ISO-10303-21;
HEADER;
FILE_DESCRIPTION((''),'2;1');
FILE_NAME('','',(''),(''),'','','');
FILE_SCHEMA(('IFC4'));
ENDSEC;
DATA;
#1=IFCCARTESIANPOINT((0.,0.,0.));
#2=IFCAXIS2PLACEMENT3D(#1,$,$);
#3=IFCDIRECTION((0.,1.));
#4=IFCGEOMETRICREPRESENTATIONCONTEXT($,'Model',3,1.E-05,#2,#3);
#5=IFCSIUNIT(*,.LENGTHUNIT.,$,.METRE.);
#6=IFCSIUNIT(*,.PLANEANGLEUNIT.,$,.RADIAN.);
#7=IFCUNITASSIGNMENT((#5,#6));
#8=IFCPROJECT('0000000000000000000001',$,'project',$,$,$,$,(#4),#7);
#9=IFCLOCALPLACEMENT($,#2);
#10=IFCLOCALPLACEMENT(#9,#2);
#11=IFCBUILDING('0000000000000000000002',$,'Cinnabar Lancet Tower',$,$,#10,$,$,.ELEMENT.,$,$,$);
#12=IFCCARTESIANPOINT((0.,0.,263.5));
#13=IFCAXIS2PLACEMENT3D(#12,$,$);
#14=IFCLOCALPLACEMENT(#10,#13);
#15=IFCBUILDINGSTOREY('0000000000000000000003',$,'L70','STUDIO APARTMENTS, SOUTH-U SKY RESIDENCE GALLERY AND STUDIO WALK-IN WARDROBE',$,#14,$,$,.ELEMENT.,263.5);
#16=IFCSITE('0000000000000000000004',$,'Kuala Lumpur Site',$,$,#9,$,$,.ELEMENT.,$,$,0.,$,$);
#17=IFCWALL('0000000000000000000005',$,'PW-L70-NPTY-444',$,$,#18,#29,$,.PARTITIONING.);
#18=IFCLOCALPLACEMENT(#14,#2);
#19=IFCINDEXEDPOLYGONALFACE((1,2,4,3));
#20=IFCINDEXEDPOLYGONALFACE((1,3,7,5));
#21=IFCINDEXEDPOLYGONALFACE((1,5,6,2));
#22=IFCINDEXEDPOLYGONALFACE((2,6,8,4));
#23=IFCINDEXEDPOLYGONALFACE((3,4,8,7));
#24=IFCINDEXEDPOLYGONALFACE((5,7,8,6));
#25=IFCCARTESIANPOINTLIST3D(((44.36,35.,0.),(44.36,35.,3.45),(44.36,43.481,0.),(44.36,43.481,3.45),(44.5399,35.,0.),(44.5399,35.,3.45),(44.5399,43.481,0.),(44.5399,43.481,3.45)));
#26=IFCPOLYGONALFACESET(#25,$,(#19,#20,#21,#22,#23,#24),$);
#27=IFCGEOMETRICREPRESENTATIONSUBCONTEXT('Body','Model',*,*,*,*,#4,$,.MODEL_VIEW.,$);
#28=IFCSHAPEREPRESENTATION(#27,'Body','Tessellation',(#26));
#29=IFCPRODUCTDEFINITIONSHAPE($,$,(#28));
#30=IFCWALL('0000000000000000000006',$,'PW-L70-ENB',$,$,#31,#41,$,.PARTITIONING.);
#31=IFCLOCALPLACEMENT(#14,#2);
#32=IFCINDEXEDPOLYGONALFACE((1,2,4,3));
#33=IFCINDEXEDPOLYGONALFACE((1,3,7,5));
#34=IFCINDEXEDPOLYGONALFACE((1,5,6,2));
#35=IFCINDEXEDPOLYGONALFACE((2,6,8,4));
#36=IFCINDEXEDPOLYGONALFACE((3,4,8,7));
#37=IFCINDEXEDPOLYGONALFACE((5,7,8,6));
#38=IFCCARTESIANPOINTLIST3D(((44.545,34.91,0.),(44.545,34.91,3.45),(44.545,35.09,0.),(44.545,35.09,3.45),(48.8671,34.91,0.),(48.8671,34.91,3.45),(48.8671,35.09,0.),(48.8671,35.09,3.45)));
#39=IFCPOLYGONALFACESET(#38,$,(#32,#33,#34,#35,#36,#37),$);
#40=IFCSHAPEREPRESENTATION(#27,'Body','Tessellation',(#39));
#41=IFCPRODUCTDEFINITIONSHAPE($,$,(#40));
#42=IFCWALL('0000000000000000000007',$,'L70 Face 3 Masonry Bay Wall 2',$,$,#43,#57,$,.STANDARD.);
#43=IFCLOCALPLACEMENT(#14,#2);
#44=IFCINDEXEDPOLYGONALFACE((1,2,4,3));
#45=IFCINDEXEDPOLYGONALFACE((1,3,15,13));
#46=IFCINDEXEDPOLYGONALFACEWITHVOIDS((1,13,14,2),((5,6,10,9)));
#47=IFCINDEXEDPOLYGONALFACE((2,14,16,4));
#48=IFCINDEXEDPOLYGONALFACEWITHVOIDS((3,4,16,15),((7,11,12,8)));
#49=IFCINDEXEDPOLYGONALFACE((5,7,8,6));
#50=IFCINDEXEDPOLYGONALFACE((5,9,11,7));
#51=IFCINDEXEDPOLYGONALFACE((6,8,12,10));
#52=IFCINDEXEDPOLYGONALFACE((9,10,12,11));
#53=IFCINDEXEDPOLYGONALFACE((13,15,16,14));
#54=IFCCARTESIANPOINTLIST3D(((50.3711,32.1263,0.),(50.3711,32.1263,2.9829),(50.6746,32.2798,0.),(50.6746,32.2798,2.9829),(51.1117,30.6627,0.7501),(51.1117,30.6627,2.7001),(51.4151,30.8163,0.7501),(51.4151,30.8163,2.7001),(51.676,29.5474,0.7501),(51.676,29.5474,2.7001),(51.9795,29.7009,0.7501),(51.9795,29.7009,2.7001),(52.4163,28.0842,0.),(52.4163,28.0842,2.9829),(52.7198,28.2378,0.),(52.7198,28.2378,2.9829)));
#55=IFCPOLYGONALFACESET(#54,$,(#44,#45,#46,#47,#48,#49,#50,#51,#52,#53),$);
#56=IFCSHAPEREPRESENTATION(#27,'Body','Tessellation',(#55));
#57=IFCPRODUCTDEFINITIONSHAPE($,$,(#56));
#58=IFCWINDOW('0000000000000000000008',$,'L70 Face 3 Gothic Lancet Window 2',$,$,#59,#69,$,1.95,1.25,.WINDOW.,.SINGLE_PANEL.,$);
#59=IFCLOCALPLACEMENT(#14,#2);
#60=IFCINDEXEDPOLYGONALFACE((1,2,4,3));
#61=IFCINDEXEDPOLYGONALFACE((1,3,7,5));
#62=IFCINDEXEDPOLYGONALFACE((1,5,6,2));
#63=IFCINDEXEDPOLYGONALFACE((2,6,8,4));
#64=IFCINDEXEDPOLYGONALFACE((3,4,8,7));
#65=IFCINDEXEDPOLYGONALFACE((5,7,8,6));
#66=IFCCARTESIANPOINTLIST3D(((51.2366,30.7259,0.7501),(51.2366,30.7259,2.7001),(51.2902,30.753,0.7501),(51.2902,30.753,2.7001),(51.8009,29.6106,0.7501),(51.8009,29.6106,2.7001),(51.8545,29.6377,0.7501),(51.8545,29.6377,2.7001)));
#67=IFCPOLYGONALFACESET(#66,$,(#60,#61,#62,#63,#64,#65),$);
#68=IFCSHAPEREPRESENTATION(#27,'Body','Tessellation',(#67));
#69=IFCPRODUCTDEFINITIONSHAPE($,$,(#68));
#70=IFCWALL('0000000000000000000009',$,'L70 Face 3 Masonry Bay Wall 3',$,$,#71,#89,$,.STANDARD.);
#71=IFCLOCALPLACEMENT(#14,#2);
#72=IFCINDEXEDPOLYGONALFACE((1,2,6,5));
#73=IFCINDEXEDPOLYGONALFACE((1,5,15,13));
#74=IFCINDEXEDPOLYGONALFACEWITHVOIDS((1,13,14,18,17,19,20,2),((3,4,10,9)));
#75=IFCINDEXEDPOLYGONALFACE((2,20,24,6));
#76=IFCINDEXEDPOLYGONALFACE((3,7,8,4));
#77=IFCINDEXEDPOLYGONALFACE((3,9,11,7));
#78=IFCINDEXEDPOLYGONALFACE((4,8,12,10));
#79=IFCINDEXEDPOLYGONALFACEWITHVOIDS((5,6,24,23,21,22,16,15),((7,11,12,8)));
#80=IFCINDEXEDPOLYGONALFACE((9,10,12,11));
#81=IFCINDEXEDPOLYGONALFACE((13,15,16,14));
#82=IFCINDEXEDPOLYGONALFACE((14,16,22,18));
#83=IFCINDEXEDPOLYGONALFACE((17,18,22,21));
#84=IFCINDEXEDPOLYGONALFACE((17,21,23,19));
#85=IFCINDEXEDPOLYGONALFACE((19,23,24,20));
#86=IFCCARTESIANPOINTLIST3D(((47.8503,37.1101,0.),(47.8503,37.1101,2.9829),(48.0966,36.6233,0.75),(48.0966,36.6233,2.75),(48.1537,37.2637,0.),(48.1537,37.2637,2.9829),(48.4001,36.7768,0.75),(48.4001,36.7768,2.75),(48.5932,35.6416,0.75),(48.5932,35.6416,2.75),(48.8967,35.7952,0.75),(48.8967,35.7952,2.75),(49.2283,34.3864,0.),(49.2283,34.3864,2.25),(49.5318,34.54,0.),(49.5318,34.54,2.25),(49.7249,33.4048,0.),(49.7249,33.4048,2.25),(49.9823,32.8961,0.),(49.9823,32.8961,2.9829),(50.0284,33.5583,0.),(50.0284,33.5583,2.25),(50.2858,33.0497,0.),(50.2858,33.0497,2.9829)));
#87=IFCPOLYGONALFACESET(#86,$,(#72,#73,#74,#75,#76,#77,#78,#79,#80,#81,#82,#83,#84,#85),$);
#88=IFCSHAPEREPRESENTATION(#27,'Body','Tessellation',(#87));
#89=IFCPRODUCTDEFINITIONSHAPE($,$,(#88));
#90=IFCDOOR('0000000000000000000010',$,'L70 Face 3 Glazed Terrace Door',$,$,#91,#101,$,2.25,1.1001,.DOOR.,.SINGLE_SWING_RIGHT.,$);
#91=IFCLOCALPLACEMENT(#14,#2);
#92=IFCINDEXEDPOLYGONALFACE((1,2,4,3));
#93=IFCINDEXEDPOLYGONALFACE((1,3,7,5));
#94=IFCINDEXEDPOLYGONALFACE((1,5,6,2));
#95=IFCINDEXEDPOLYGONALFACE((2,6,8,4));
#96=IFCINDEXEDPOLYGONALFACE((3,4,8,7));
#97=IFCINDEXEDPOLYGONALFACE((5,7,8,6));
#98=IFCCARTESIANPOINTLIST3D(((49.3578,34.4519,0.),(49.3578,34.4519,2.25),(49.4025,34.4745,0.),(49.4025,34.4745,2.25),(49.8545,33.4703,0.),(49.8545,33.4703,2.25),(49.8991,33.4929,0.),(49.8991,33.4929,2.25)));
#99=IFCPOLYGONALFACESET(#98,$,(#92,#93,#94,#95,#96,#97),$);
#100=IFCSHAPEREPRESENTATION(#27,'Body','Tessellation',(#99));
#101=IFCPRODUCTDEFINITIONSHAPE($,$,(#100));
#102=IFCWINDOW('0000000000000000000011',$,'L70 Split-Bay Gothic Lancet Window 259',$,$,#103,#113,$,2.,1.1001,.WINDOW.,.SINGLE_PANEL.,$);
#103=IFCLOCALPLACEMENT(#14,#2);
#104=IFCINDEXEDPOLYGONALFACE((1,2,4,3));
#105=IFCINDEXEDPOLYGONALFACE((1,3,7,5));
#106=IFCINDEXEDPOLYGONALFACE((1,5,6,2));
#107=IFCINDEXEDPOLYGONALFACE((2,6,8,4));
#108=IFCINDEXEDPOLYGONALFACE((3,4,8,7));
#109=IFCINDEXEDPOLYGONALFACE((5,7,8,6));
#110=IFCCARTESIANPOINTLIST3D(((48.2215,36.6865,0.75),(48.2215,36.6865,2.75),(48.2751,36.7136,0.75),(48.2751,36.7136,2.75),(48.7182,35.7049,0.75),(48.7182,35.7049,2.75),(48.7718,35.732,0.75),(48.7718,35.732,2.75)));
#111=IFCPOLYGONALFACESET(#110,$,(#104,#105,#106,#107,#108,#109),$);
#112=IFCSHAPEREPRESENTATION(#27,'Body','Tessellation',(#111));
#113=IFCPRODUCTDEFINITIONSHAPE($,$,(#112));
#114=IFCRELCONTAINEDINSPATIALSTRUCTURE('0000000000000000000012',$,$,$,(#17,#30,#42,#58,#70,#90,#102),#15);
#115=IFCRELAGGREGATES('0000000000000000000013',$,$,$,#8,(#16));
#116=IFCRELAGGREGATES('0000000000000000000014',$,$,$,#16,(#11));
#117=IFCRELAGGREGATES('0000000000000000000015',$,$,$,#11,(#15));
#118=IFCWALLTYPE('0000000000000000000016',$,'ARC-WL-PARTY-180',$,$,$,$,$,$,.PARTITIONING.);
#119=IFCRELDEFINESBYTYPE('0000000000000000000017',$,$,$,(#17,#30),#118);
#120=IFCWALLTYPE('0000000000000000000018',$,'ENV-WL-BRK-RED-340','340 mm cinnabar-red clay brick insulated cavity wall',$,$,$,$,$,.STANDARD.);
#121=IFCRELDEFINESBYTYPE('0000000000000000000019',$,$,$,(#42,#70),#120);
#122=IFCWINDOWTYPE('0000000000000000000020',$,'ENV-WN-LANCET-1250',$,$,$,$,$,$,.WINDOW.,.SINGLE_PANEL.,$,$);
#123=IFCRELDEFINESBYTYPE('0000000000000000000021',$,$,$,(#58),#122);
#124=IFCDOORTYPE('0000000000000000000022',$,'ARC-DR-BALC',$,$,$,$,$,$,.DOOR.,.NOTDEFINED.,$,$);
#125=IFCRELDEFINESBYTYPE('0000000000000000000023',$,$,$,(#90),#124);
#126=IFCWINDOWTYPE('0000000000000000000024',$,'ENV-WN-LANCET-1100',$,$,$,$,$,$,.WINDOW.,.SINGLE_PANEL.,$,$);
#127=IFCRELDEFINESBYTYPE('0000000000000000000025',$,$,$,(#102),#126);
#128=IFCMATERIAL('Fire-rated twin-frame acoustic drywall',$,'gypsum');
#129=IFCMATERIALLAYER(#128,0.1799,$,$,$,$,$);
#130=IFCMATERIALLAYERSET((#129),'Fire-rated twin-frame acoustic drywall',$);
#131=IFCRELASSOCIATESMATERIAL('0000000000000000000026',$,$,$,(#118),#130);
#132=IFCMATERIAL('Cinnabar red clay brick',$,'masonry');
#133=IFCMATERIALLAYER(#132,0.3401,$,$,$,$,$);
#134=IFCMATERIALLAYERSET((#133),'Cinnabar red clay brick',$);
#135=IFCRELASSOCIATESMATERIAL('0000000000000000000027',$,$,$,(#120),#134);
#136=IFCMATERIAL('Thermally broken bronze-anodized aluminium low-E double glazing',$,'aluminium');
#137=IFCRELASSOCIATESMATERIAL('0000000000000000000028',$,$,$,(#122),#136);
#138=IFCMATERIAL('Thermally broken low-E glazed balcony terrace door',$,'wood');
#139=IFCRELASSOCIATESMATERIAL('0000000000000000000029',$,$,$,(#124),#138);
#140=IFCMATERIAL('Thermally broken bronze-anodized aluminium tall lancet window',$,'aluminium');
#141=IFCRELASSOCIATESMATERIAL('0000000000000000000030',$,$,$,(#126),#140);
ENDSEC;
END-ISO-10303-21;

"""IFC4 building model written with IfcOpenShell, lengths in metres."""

from ifc_helpers import new_model, si_unit, direction, frame, frame_2d, origin, place, context, subcontext, project, spatial, rectangle, extrude, material, layer, layer_set, type_object, element, fill, save


model = new_model("IFC4")

# Units and contexts
model_context = context("Model", 3, precision=1e-05, world=origin(), true_north=direction((0.0, 1.0)))
body_context = subcontext(model_context, "Body", "Model", "MODEL_VIEW")
ifc_project = project(units=[si_unit("LENGTHUNIT", "METRE"), si_unit("PLANEANGLEUNIT", "RADIAN")], contexts=[model_context])

# Site, building, storey
site_placement = place(None, origin())
site = spatial("IfcSite", under=ifc_project, at=site_placement, Name="Kuala Lumpur Site", CompositionType="ELEMENT", RefElevation=0.0)
building_placement = place(site_placement, origin())
building = spatial("IfcBuilding", under=site, at=building_placement, Name="Cinnabar Lancet Tower", CompositionType="ELEMENT")
storey_placement = place(building_placement, frame((0.0, 0.0, 263.5)))
storey = spatial("IfcBuildingStorey", under=building, at=storey_placement, Name="L70", Description="STUDIO APARTMENTS, SOUTH-U SKY RESIDENCE GALLERY AND STUDIO WALK-IN WARDROBE", CompositionType="ELEMENT", Elevation=263.5)

# Walls
ifc_material_1 = material(Name="Fire-rated twin-frame acoustic drywall", Category="gypsum")
ifc_layer_1 = layer(ifc_material_1, 0.1799)
ifc_layer_set_1 = layer_set([ifc_layer_1], Name="Fire-rated twin-frame acoustic drywall")
wall_type_1 = type_object("IfcWallType", Name="ARC-WL-PARTY-180", PredefinedType="PARTITIONING", material=ifc_layer_set_1)
wall_1_placement = place(storey_placement, frame((44.45, 35.0, 0.0), z_axis=(0.0, 0.0, 1.0), x_axis=(0.0, 1.0, 0.0)))
element("IfcWall", 1, at=wall_1_placement, inside=storey, type_object=wall_type_1, Name="PW-L70-NPTY-444", PredefinedType="PARTITIONING", context=body_context, shape_type="SweptSolid", body=[
    extrude(rectangle(XDim=8.481, YDim=0.1799, at=frame_2d((4.2405, 0.0))), origin(), (0.0, 0.0, 1.0), 3.45),
])
wall_2_placement = place(storey_placement, frame((44.5449, 35.0, 0.0), z_axis=(0.0, 0.0, 1.0), x_axis=(1.0, 0.0, 0.0)))
element("IfcWall", 2, at=wall_2_placement, inside=storey, type_object=wall_type_1, Name="PW-L70-ENB", PredefinedType="PARTITIONING", context=body_context, shape_type="SweptSolid", body=[
    extrude(rectangle(XDim=4.322, YDim=0.1799, at=frame_2d((2.1611, 0.0))), origin(), (0.0, 0.0, 1.0), 3.45),
])

# Wall, opening, window
ifc_material_2 = material(Name="Cinnabar red clay brick", Category="masonry")
ifc_layer_2 = layer(ifc_material_2, 0.3401)
ifc_layer_set_2 = layer_set([ifc_layer_2], Name="Cinnabar red clay brick")
wall_type_2 = type_object("IfcWallType", Name="ENV-WL-BRK-RED-340", Description="340 mm cinnabar-red clay brick insulated cavity wall", PredefinedType="STANDARD", material=ifc_layer_set_2)
wall_3_placement = place(storey_placement, frame((52.5681, 28.1609, 0.0), z_axis=(0.0, 0.0, 1.0), x_axis=(-0.451477, 0.892283, 0.0)))
wall_3 = element("IfcWall", 3, at=wall_3_placement, inside=storey, type_object=wall_type_2, Name="L70 Face 3 Masonry Bay Wall 2", PredefinedType="STANDARD", context=body_context, shape_type="SweptSolid", body=[
    extrude(rectangle(XDim=4.53, YDim=0.3401, at=frame_2d((2.2651, 0.0))), origin(), (0.0, 0.0, 1.0), 2.9829),
])
opening_1_placement = place(wall_3_placement, frame((1.6399, 0.0, 0.75)))
opening_1 = element("IfcOpeningElement", 4, at=opening_1_placement, cuts=wall_3, PredefinedType="OPENING", context=body_context, shape_type="SweptSolid", body=[
    extrude(rectangle(XDim=1.25, YDim=1.95, at=frame_2d((0.625, 0.9751))), frame((0.0, 0.1799, 0.0), z_axis=(0.0, -1.0, 0.0), x_axis=(1.0, 0.0, 0.0)), (0.0, 0.0, 1.0), 0.3601),
])
ifc_material_3 = material(Name="Thermally broken bronze-anodized aluminium low-E double glazing", Category="aluminium")
window_type_1 = type_object("IfcWindowType", Name="ENV-WN-LANCET-1250", PartitioningType="SINGLE_PANEL", PredefinedType="WINDOW", material=ifc_material_3)
window_1_placement = place(opening_1_placement, origin())
window_1 = element("IfcWindow", 5, at=window_1_placement, inside=storey, type_object=window_type_1, Name="L70 Face 3 Gothic Lancet Window 2", OverallHeight=1.95, OverallWidth=1.25, PartitioningType="SINGLE_PANEL", PredefinedType="WINDOW", context=body_context, shape_type="SweptSolid", body=[
    extrude(rectangle(XDim=1.25, YDim=1.95, at=frame_2d((0.625, 0.9751))), frame((0.0, 0.03, 0.0), z_axis=(0.0, -1.0, 0.0), x_axis=(1.0, 0.0, 0.0)), (0.0, 0.0, 1.0), 0.0601),
])
fill(opening_1, window_1)

# Wall, openings, door, window
wall_4_placement = place(storey_placement, frame((50.134, 32.9729, 0.0), z_axis=(0.0, 0.0, 1.0), x_axis=(-0.451448, 0.892298, 0.0)))
wall_4 = element("IfcWall", 6, at=wall_4_placement, inside=storey, type_object=wall_type_2, Name="L70 Face 3 Masonry Bay Wall 3", PredefinedType="STANDARD", context=body_context, shape_type="SweptSolid", body=[
    extrude(rectangle(XDim=4.7227, YDim=0.3401, at=frame_2d((2.3613, 0.0))), origin(), (0.0, 0.0, 1.0), 2.9829),
])
opening_2_placement = place(wall_4_placement, frame((0.5701, 0.0, 0.0)))
opening_2 = element("IfcOpeningElement", 7, at=opening_2_placement, cuts=wall_4, PredefinedType="OPENING", context=body_context, shape_type="SweptSolid", body=[
    extrude(rectangle(XDim=1.1001, YDim=2.25, at=frame_2d((0.55, 1.125))), frame((0.0, 0.1799, 0.0), z_axis=(0.0, -1.0, 0.0), x_axis=(1.0, 0.0, 0.0)), (0.0, 0.0, 1.0), 0.3601),
])
opening_3_placement = place(wall_4_placement, frame((3.0769, 0.0, 0.75)))
opening_3 = element("IfcOpeningElement", 8, at=opening_3_placement, cuts=wall_4, PredefinedType="OPENING", context=body_context, shape_type="SweptSolid", body=[
    extrude(rectangle(XDim=1.1001, YDim=2.0, at=frame_2d((0.55, 1.0))), frame((0.0, 0.1799, 0.0), z_axis=(0.0, -1.0, 0.0), x_axis=(1.0, 0.0, 0.0)), (0.0, 0.0, 1.0), 0.3601),
])
ifc_material_4 = material(Name="Thermally broken low-E glazed balcony terrace door", Category="wood")
door_type = type_object("IfcDoorType", Name="ARC-DR-BALC", OperationType="NOTDEFINED", PredefinedType="DOOR", material=ifc_material_4)
door_placement = place(opening_2_placement, origin())
door = element("IfcDoor", 9, at=door_placement, inside=storey, type_object=door_type, Name="L70 Face 3 Glazed Terrace Door", OperationType="SINGLE_SWING_RIGHT", OverallHeight=2.25, OverallWidth=1.1001, PredefinedType="DOOR", context=body_context, shape_type="SweptSolid", body=[
    extrude(rectangle(XDim=1.1001, YDim=2.25, at=frame_2d((0.55, 1.125))), frame((0.0, 0.0249, 0.0), z_axis=(0.0, -1.0, 0.0), x_axis=(1.0, 0.0, 0.0)), (0.0, 0.0, 1.0), 0.05),
])
fill(opening_2, door)
ifc_material_5 = material(Name="Thermally broken bronze-anodized aluminium tall lancet window", Category="aluminium")
window_type_2 = type_object("IfcWindowType", Name="ENV-WN-LANCET-1100", PartitioningType="SINGLE_PANEL", PredefinedType="WINDOW", material=ifc_material_5)
window_2_placement = place(opening_3_placement, origin())
window_2 = element("IfcWindow", 10, at=window_2_placement, inside=storey, type_object=window_type_2, Name="L70 Split-Bay Gothic Lancet Window 259", OverallHeight=2.0, OverallWidth=1.1001, PartitioningType="SINGLE_PANEL", PredefinedType="WINDOW", context=body_context, shape_type="SweptSolid", body=[
    extrude(rectangle(XDim=1.1001, YDim=2.0, at=frame_2d((0.55, 1.0))), frame((0.0, 0.03, 0.0), z_axis=(0.0, -1.0, 0.0), x_axis=(1.0, 0.0, 0.0)), (0.0, 0.0, 1.0), 0.0601),
])
fill(opening_3, window_2)

save(model, "model.ifc")
